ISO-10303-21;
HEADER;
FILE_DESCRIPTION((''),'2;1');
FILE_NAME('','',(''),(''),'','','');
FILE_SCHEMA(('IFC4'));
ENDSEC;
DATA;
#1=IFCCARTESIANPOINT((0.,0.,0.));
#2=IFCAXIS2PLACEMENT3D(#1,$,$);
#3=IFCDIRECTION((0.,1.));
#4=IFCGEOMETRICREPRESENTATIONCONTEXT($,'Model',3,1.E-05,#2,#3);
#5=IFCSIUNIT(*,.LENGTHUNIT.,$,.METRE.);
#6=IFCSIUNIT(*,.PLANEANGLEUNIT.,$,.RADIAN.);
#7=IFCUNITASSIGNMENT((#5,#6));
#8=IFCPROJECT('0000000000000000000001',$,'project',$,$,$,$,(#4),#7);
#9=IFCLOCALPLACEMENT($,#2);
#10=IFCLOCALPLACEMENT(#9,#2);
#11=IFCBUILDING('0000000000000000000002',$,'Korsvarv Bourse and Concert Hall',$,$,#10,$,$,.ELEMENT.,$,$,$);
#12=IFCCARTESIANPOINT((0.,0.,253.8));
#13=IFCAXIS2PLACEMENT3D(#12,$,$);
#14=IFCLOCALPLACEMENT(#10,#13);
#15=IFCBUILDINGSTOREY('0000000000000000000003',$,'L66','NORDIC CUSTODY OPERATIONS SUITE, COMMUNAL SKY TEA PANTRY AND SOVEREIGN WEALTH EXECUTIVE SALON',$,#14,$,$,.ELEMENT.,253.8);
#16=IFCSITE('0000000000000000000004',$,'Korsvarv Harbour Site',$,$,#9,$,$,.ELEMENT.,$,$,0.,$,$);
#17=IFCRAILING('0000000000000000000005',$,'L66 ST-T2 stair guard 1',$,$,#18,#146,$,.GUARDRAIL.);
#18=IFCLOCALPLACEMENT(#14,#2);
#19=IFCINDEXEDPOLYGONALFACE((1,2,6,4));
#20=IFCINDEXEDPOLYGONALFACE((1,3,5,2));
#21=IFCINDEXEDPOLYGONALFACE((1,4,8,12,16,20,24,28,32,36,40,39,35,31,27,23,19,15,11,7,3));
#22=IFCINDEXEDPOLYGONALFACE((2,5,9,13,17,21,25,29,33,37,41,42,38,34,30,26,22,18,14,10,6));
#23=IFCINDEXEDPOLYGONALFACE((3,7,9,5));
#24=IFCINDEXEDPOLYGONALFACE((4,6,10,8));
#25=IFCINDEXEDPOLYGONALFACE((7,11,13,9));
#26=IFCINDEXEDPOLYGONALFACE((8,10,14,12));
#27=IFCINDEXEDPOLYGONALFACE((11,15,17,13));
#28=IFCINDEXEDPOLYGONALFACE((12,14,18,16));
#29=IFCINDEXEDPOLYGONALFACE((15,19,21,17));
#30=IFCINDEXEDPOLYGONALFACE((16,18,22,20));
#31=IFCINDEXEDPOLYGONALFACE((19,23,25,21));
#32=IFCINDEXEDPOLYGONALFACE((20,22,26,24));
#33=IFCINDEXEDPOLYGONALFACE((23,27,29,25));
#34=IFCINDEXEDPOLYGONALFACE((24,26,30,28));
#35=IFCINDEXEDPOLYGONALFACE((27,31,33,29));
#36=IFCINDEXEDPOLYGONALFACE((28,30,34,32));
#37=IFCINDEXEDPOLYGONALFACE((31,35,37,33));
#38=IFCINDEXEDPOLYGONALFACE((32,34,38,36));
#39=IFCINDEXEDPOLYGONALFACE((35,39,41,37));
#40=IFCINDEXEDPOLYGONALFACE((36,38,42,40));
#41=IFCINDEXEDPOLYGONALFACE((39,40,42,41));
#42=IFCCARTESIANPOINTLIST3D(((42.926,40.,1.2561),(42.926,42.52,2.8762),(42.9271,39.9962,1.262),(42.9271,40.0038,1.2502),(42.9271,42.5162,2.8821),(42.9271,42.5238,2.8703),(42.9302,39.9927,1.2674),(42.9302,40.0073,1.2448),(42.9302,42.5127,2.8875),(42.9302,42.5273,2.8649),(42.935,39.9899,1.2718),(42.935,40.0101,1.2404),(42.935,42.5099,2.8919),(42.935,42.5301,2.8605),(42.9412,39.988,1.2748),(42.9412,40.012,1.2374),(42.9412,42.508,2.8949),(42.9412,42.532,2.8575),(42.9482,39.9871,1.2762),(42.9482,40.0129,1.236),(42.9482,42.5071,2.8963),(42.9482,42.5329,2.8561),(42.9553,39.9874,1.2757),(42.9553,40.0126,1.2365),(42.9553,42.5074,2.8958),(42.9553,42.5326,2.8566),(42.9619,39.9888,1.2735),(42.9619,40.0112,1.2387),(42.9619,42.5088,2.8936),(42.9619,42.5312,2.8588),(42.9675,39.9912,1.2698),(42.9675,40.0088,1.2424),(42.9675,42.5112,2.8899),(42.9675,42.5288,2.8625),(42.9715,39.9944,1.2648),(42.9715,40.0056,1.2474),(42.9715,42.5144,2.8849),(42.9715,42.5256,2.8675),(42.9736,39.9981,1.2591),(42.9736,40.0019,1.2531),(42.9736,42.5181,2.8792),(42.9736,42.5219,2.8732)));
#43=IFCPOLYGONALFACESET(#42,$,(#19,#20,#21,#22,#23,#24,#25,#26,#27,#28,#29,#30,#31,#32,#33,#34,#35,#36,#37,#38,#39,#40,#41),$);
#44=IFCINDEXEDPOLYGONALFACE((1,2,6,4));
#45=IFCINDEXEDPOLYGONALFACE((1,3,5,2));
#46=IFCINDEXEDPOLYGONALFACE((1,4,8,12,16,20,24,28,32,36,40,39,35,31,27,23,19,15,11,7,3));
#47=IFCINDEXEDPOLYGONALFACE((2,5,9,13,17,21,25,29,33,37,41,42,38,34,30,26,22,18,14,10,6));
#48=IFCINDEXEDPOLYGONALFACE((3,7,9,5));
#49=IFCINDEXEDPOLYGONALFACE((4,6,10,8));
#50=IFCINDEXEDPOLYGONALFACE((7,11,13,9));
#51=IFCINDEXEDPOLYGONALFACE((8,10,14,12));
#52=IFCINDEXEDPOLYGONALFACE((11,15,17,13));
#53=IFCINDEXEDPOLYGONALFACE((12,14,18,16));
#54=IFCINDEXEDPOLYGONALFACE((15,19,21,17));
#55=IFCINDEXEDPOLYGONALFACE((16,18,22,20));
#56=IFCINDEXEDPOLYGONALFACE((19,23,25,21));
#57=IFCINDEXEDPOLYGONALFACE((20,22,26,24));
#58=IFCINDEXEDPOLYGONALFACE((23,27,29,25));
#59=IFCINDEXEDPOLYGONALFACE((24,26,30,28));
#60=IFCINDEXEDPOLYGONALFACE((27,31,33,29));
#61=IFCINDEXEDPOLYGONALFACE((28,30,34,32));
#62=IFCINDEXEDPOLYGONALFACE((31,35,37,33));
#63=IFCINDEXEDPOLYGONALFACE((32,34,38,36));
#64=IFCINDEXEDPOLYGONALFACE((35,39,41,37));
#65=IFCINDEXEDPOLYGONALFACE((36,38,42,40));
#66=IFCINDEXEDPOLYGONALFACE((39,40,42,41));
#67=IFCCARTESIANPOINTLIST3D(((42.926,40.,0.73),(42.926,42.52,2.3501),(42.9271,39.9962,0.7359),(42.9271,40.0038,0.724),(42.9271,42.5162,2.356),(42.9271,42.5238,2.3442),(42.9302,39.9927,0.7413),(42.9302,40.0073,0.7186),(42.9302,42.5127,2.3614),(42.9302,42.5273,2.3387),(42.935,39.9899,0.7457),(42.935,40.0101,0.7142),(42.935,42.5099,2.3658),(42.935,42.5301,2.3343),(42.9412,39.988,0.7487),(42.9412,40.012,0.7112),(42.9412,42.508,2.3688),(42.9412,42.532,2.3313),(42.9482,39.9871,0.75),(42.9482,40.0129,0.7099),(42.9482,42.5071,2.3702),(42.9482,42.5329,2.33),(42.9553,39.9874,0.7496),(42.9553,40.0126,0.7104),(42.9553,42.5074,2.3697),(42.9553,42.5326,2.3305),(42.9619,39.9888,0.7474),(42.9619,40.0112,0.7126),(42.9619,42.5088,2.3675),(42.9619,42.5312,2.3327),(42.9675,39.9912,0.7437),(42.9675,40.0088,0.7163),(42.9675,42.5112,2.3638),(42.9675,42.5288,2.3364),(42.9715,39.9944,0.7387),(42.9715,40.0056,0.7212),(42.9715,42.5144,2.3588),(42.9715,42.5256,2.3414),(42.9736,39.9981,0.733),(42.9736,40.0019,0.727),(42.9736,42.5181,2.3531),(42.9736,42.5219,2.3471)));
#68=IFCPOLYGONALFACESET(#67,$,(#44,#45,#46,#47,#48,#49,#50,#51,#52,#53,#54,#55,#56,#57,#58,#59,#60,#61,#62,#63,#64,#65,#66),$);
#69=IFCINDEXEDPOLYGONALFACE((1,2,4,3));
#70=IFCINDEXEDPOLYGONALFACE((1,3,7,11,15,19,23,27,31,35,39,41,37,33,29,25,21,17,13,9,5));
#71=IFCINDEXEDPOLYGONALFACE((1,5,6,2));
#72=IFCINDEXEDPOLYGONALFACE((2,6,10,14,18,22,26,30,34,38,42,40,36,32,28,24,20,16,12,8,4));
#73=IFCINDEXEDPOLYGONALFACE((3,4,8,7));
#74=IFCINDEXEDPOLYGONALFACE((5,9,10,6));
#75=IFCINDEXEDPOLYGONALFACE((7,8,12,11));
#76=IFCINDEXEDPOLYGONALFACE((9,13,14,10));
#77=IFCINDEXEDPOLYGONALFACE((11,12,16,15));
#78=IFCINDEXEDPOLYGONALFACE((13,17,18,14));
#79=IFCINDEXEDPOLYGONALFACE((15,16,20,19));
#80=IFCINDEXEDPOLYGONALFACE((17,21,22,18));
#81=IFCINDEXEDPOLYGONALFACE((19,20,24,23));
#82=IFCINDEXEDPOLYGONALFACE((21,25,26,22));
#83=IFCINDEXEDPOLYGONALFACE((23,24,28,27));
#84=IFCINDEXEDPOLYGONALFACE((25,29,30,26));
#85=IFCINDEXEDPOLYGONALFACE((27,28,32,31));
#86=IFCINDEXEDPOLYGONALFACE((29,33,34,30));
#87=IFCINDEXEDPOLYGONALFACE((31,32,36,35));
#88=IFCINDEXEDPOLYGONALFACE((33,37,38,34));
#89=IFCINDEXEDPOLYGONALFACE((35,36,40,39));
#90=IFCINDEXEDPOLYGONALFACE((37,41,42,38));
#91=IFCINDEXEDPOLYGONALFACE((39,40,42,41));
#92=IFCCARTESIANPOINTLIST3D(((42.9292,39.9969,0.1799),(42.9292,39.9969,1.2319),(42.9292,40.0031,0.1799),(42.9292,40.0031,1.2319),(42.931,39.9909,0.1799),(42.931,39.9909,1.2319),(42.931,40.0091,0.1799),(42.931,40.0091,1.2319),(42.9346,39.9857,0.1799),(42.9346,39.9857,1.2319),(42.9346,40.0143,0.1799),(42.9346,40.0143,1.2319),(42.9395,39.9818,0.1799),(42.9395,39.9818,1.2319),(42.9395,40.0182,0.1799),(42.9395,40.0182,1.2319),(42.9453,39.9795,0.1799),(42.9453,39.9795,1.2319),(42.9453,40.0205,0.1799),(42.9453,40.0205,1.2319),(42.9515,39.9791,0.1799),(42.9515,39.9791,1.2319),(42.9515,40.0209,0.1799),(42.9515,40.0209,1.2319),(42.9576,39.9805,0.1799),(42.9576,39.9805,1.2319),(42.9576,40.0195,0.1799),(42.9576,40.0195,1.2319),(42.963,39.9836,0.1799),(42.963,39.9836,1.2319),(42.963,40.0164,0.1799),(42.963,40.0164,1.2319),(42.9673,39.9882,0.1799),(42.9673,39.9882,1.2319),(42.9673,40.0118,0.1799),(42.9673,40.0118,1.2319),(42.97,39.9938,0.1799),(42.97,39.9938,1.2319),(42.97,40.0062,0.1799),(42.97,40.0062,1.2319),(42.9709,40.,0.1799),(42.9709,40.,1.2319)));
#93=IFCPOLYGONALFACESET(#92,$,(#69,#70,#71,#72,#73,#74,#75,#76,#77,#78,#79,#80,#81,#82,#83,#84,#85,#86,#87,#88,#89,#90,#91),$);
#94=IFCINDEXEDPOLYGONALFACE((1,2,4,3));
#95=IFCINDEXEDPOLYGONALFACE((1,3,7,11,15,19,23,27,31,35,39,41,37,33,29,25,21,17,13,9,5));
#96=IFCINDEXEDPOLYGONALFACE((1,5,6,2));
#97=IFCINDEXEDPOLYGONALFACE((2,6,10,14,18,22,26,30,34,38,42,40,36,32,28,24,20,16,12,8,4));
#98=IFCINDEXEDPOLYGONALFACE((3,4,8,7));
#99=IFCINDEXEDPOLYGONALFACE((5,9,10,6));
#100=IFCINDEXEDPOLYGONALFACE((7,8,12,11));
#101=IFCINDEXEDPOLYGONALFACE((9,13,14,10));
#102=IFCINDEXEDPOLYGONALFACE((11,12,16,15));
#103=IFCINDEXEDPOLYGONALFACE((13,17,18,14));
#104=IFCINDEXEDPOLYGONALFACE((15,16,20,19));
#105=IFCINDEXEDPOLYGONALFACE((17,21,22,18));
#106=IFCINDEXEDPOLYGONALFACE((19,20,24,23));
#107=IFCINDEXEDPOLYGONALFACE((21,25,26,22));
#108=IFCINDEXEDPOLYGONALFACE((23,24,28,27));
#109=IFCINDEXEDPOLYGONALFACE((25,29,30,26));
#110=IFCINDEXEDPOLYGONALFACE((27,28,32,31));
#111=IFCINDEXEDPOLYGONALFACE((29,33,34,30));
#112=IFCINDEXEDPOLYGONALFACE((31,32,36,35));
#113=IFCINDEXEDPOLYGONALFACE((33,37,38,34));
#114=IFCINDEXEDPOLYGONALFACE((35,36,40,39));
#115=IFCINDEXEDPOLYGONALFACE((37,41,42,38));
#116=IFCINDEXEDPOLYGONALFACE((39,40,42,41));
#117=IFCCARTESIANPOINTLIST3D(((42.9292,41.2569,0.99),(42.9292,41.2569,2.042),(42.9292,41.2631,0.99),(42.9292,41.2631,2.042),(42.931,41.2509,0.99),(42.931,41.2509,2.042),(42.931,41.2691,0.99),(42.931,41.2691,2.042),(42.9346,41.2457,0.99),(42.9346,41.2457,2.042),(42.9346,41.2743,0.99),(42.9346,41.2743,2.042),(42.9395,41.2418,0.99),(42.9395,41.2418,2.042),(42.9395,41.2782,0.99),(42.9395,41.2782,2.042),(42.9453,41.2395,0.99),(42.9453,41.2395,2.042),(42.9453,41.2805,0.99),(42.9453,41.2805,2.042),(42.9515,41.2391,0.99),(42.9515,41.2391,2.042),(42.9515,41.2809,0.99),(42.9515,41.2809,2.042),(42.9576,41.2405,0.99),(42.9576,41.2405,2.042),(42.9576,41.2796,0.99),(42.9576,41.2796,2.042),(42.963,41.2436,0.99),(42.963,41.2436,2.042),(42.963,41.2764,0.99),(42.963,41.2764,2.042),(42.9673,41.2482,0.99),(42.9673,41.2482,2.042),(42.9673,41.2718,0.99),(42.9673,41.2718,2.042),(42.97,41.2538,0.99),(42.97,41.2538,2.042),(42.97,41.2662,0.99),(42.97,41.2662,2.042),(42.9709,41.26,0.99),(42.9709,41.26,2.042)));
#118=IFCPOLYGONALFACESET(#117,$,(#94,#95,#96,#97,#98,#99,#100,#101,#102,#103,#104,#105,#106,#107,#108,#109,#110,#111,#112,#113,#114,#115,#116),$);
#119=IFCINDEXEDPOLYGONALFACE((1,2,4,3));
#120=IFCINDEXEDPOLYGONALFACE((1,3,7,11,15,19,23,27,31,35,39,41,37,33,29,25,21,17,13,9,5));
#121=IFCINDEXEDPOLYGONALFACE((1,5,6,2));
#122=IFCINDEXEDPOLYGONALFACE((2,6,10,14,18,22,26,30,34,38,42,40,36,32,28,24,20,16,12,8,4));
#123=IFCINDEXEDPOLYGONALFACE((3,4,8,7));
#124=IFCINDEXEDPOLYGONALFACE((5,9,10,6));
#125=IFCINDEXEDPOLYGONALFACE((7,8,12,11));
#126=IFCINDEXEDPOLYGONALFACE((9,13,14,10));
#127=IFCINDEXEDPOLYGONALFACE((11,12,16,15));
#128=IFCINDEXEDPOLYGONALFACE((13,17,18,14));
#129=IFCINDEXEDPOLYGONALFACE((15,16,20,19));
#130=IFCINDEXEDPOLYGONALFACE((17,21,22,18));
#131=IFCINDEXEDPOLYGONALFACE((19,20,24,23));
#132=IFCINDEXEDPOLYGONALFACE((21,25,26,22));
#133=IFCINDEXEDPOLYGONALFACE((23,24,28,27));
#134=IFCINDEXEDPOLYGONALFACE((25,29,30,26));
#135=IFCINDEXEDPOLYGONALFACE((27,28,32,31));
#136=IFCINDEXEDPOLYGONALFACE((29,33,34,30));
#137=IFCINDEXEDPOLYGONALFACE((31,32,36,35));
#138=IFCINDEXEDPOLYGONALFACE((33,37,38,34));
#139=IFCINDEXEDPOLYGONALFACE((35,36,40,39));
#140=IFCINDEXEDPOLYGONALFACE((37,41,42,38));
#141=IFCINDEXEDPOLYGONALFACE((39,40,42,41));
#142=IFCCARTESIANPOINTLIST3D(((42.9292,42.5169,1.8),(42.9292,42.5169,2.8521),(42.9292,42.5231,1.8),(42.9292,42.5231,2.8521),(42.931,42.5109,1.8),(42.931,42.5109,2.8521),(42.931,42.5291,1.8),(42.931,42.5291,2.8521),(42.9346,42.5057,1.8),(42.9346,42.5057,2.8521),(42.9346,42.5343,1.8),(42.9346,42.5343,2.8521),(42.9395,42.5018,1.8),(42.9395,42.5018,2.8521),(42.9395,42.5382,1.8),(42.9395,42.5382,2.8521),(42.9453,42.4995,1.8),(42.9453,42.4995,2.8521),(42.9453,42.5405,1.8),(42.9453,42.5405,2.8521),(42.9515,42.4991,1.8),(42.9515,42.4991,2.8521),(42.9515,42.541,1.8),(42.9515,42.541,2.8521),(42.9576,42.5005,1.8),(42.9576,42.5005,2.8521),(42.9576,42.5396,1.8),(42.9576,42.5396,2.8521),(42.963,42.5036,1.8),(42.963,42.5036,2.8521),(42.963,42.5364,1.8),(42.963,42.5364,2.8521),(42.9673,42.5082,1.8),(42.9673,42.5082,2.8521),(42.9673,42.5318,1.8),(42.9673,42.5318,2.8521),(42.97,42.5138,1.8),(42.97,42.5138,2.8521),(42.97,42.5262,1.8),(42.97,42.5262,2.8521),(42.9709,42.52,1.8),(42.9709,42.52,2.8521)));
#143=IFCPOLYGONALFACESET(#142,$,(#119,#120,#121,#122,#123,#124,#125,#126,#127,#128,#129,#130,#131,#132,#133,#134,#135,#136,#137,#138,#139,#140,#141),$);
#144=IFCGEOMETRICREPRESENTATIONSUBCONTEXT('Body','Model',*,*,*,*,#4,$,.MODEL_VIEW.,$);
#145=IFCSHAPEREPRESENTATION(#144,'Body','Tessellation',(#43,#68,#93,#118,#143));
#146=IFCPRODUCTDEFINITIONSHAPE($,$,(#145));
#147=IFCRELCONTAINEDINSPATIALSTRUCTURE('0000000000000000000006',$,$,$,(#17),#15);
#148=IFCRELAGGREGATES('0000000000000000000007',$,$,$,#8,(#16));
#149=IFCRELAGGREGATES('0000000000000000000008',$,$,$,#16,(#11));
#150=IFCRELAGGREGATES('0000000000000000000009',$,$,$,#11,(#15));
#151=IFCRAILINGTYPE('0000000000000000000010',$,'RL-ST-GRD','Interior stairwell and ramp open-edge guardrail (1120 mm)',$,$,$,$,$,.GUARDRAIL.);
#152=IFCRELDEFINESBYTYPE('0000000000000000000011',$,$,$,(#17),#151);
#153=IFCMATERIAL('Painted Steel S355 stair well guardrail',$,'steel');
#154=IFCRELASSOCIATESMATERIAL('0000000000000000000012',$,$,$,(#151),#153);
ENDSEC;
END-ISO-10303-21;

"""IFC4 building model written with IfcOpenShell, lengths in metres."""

from ifc_helpers import new_model, si_unit, direction, frame, origin, origin_2d, place, context, subcontext, project, spatial, circle, extrude, material, type_object, element, save


model = new_model("IFC4")

# Units and contexts
model_context = context("Model", 3, precision=1e-05, world=origin(), true_north=direction((0.0, 1.0)))
body_context = subcontext(model_context, "Body", "Model", "MODEL_VIEW")
ifc_project = project(units=[si_unit("LENGTHUNIT", "METRE"), si_unit("PLANEANGLEUNIT", "RADIAN")], contexts=[model_context])

# Site, building, storey
site_placement = place(None, origin())
site = spatial("IfcSite", under=ifc_project, at=site_placement, Name="Korsvarv Harbour Site", CompositionType="ELEMENT", RefElevation=0.0)
building_placement = place(site_placement, origin())
building = spatial("IfcBuilding", under=site, at=building_placement, Name="Korsvarv Bourse and Concert Hall", CompositionType="ELEMENT")
storey_placement = place(building_placement, frame((0.0, 0.0, 253.8)))
storey = spatial("IfcBuildingStorey", under=building, at=storey_placement, Name="L66", Description="NORDIC CUSTODY OPERATIONS SUITE, COMMUNAL SKY TEA PANTRY AND SOVEREIGN WEALTH EXECUTIVE SALON", CompositionType="ELEMENT", Elevation=253.8)

# Railing
ifc_material_1 = material(Name="Painted Steel S355 stair well guardrail", Category="steel")
railing_type_1 = type_object("IfcRailingType", Name="RL-ST-GRD", Description="Interior stairwell and ramp open-edge guardrail (1120 mm)", PredefinedType="GUARDRAIL", material=ifc_material_1)
railing_1_placement = place(storey_placement, frame((42.95, 40.0, 0.1799)))
element("IfcRailing", 1, at=railing_1_placement, inside=storey, type_object=railing_type_1, Name="L66 ST-T2 stair guard 1", PredefinedType="GUARDRAIL", context=body_context, shape_type="SweptSolid", body=[
    extrude(circle(Radius=0.0239, at=origin_2d()), frame((0.0, 0.0, 1.0762), z_axis=(0.0, 0.841163, 0.540782), x_axis=(-1.0, 0.0, 0.0)), (0.0, 0.0, 1.0), 2.9958),
    extrude(circle(Radius=0.0239, at=origin_2d()), frame((0.0, 0.0, 0.55), z_axis=(0.0, 0.841163, 0.540782), x_axis=(-1.0, 0.0, 0.0)), (0.0, 0.0, 1.0), 2.9958),
    extrude(circle(Radius=0.021, at=origin_2d()), origin(), (0.0, 0.0, 1.0), 1.052),
    extrude(circle(Radius=0.021, at=origin_2d()), frame((0.0, 1.26, 0.8101)), (0.0, 0.0, 1.0), 1.052),
    extrude(circle(Radius=0.021, at=origin_2d()), frame((0.0, 2.52, 1.6201)), (0.0, 0.0, 1.0), 1.052),
])

save(model, "model.ifc")
